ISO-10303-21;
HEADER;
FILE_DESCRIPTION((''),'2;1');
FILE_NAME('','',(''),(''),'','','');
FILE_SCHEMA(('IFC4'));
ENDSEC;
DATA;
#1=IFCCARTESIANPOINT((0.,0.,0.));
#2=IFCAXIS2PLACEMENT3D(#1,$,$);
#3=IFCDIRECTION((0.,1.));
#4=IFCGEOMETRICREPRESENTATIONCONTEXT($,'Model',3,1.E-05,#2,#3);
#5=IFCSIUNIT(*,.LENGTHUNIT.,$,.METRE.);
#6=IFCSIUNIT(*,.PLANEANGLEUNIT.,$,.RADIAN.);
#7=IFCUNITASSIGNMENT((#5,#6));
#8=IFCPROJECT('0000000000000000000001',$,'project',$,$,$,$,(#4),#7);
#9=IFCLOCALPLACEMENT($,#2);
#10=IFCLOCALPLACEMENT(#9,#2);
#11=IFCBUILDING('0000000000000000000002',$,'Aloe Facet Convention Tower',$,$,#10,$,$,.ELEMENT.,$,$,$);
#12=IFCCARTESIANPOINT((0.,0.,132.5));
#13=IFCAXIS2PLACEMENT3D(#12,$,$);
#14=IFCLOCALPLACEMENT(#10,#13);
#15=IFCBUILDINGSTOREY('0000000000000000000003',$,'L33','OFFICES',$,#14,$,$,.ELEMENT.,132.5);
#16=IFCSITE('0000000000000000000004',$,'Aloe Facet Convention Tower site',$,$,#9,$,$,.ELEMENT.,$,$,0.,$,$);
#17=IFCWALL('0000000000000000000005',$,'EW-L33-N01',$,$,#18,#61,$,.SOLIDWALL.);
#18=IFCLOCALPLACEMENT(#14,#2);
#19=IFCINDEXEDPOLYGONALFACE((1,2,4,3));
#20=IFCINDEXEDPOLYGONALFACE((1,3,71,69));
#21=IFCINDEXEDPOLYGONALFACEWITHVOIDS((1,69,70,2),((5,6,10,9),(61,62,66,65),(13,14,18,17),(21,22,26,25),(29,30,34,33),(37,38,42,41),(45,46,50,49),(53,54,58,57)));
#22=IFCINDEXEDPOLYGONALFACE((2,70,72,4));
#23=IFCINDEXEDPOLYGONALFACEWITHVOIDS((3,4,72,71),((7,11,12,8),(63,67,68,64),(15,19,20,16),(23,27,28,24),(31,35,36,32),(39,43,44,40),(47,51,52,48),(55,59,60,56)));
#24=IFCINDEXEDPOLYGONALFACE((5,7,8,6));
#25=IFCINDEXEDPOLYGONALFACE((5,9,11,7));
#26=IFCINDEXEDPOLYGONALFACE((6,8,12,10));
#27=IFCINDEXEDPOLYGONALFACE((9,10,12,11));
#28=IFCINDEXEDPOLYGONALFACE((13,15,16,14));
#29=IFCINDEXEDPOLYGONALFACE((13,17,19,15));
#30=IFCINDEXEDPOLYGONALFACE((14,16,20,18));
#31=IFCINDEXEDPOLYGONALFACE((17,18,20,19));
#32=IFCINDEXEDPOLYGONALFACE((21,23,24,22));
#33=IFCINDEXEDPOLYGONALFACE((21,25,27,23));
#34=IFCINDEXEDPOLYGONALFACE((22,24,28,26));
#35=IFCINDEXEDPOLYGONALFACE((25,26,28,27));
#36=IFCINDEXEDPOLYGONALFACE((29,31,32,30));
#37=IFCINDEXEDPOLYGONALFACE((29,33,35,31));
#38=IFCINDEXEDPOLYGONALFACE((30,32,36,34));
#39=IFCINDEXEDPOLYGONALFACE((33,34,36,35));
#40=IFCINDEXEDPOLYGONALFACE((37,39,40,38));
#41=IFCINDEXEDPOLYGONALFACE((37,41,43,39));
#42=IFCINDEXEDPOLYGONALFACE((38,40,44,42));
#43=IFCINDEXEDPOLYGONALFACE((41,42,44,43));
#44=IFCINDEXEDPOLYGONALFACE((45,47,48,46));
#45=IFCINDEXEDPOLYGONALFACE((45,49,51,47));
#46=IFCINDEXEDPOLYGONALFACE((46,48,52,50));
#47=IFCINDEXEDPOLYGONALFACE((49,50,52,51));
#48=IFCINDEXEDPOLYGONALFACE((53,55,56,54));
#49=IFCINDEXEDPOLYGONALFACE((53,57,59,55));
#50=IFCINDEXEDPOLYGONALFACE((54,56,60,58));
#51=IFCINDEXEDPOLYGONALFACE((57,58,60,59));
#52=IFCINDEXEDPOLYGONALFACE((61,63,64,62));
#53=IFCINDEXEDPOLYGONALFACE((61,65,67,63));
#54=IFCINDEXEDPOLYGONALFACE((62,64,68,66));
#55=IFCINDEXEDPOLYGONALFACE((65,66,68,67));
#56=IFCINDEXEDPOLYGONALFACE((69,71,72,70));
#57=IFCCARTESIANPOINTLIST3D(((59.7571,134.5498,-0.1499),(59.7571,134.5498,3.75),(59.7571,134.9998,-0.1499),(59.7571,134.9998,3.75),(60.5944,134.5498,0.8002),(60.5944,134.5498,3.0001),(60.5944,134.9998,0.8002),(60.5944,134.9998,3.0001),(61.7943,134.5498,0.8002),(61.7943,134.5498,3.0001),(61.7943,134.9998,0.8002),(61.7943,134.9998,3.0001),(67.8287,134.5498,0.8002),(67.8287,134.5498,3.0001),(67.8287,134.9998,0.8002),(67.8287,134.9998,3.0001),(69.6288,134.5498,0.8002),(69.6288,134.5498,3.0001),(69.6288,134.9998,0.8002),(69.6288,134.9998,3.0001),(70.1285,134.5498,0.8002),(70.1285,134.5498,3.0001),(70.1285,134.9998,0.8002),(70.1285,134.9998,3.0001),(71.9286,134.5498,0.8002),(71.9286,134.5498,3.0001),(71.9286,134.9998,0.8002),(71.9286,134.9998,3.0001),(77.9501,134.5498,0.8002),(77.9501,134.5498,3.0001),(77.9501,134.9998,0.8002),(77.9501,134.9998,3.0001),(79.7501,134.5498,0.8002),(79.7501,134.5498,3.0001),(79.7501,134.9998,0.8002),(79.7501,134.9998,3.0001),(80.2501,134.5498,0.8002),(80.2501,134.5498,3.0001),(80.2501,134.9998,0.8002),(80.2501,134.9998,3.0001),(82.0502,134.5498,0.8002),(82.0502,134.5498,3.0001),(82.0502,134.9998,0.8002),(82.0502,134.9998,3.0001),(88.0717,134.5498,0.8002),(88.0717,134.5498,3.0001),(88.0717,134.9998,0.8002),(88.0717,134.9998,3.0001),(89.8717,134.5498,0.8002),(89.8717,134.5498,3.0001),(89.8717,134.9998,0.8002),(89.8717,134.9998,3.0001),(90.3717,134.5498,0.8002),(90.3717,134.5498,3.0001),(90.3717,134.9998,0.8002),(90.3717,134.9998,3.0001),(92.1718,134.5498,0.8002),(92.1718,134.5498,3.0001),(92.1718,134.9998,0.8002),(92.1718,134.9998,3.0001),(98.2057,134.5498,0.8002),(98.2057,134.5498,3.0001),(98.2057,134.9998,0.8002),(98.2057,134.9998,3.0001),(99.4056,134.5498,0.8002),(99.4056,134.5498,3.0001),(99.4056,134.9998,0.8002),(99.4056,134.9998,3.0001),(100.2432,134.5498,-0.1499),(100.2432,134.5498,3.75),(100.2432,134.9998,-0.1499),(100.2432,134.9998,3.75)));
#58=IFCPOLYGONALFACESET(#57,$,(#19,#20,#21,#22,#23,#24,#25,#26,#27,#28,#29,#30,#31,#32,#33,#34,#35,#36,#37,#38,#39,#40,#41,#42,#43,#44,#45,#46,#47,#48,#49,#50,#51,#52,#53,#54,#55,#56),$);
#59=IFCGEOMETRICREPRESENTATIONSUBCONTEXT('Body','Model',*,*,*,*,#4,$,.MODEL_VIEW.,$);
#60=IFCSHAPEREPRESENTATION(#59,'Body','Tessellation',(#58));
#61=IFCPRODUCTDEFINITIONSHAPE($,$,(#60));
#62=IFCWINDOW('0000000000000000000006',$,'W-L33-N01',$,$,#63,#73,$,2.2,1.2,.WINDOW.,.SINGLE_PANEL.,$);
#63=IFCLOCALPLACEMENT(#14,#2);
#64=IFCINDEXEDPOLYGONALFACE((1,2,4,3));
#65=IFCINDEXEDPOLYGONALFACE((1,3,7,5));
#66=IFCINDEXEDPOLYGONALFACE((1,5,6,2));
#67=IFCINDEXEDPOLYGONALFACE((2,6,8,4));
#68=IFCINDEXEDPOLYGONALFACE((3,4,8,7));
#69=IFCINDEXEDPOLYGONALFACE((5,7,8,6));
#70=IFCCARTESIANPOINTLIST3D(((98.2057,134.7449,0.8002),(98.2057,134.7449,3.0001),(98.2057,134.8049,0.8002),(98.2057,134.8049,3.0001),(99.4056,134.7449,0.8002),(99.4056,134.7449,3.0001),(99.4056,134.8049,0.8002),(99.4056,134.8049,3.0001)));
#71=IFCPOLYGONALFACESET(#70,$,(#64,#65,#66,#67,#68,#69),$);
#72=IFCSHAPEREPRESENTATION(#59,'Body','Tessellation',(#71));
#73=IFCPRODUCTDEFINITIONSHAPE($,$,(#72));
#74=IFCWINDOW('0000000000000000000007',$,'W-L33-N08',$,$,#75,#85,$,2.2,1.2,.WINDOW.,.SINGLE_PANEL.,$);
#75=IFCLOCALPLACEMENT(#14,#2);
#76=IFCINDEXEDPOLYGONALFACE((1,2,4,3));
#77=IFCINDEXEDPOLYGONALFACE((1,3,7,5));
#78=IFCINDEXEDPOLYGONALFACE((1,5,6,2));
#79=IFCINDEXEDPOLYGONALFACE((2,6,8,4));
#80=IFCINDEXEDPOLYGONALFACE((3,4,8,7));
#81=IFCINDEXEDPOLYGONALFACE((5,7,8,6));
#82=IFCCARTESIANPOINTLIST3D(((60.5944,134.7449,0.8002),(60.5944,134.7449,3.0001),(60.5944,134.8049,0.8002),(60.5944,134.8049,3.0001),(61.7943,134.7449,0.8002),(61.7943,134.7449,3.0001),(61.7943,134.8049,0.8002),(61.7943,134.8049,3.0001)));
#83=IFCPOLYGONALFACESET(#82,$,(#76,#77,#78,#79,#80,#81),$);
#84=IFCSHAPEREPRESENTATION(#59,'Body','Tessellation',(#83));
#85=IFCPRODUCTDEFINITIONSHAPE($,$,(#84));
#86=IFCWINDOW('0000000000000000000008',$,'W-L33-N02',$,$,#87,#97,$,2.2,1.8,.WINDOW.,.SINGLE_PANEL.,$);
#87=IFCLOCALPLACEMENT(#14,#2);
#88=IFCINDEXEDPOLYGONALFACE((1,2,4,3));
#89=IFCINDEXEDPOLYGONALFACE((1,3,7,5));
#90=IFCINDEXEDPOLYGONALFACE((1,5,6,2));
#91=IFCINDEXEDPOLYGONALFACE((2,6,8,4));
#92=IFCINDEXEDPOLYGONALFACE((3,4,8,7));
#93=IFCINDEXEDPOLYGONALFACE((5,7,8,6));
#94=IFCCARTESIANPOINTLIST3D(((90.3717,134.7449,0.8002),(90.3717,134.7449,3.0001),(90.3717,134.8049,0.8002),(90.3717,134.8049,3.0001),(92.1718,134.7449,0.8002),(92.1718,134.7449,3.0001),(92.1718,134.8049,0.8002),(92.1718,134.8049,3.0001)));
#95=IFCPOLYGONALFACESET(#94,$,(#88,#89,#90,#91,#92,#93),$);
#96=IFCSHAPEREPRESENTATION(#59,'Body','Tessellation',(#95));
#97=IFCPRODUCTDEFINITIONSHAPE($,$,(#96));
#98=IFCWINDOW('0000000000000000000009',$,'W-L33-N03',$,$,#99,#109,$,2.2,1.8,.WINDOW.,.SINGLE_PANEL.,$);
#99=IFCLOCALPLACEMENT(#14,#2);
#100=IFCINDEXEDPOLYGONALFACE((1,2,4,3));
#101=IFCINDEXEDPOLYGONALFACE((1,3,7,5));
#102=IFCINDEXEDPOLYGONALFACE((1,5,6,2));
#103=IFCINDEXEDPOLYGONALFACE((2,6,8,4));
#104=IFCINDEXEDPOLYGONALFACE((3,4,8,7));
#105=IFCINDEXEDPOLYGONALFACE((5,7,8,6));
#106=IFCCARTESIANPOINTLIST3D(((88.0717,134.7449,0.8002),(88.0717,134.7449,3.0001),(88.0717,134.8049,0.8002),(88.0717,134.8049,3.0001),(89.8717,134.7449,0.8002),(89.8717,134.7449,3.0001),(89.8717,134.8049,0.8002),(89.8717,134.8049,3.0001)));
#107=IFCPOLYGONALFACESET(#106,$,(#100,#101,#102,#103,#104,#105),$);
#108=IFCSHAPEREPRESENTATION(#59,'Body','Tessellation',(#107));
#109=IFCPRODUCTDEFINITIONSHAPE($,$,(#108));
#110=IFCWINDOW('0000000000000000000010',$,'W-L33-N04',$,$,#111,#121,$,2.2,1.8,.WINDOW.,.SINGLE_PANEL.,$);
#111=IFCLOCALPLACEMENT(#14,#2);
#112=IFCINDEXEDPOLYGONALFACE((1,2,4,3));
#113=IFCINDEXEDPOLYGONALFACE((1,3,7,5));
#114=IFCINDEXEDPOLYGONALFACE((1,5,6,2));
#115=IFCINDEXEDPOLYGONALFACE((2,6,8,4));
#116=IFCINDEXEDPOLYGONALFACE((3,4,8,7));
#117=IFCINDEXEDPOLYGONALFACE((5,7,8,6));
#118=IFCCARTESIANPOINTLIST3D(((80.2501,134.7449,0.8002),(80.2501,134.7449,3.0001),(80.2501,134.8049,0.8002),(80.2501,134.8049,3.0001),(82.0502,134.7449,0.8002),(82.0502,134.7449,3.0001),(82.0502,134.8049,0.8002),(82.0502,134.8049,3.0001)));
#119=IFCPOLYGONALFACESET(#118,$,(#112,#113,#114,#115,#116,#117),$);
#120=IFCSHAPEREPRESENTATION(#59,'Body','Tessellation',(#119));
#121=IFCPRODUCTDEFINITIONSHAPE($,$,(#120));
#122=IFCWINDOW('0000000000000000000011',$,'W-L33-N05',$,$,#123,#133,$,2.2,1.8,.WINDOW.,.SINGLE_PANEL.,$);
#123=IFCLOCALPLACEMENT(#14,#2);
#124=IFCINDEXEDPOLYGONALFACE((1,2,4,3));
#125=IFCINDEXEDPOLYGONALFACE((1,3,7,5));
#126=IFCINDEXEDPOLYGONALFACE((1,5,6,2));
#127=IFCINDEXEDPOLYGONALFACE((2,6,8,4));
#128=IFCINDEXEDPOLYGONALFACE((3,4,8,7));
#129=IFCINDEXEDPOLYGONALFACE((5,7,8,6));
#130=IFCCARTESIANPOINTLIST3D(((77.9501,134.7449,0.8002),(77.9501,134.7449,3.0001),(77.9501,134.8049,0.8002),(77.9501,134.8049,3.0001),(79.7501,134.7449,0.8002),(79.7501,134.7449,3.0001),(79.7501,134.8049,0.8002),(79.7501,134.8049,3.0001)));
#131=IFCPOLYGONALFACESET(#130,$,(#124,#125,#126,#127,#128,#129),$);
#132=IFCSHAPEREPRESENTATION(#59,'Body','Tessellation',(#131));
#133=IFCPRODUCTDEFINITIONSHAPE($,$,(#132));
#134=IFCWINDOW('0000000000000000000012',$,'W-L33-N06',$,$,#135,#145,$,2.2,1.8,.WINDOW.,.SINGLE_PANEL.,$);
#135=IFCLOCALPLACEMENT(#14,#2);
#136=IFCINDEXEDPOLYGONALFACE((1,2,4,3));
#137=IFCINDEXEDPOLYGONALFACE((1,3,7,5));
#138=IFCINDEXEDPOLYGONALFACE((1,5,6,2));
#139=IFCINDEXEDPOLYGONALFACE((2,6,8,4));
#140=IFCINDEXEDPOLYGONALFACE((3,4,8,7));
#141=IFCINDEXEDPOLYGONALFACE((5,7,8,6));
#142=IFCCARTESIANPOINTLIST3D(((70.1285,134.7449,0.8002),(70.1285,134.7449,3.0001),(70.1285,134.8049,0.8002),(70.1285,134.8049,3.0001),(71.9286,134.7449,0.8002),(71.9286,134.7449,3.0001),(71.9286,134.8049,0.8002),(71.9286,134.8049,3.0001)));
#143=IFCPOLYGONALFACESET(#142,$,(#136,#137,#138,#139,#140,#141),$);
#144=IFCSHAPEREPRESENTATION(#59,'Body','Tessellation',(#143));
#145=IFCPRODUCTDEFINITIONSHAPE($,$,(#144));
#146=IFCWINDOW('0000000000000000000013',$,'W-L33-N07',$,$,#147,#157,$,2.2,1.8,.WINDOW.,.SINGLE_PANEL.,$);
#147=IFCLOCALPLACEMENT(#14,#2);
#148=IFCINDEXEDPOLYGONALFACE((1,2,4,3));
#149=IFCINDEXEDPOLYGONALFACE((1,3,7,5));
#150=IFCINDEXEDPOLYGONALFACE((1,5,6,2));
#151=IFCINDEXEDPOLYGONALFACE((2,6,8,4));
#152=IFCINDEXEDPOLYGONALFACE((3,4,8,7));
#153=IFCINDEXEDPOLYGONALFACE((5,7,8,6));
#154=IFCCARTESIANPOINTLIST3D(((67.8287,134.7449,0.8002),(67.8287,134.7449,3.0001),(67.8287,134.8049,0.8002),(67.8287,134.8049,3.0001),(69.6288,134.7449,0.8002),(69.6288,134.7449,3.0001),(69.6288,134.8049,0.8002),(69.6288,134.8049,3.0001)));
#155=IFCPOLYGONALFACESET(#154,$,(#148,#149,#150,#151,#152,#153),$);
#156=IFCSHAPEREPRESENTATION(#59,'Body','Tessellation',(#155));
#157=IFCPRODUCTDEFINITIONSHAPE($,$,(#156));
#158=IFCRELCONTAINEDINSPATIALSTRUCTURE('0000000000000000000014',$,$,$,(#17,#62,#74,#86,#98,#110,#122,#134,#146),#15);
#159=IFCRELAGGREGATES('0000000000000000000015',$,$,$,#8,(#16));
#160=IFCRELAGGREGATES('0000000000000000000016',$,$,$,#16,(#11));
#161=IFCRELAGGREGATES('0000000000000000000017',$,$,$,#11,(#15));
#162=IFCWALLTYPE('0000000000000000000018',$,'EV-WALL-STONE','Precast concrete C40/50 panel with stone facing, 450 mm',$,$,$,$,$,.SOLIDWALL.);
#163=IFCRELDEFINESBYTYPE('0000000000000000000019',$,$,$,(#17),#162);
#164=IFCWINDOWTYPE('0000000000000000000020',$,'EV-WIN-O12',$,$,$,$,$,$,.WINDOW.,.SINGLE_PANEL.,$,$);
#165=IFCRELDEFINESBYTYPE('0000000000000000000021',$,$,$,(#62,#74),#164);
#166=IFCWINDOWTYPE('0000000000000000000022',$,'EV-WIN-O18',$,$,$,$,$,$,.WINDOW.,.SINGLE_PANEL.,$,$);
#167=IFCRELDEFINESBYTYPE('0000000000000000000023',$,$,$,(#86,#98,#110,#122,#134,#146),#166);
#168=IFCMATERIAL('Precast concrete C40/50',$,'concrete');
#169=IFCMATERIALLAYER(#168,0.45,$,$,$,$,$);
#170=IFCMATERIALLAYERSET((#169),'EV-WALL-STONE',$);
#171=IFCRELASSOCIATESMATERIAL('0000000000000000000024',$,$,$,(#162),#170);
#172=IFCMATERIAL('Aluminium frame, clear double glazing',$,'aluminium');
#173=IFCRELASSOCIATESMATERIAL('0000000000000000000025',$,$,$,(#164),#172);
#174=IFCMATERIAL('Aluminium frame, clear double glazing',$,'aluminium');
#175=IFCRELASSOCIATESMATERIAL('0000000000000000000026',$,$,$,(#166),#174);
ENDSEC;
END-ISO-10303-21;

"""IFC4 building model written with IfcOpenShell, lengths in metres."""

from ifc_helpers import new_model, si_unit, direction, frame, frame_2d, origin, place, context, subcontext, project, spatial, polyline, rectangle, outline, extrude, material, layer, layer_set, type_object, element, fill, save


model = new_model("IFC4")

# Units and contexts
model_context = context("Model", 3, precision=1e-05, world=origin(), true_north=direction((0.0, 1.0)))
body_context = subcontext(model_context, "Body", "Model", "MODEL_VIEW")
ifc_project = project(units=[si_unit("LENGTHUNIT", "METRE"), si_unit("PLANEANGLEUNIT", "RADIAN")], contexts=[model_context])

# Site, building, storey
site_placement = place(None, origin())
site = spatial("IfcSite", under=ifc_project, at=site_placement, Name="Aloe Facet Convention Tower site", CompositionType="ELEMENT", RefElevation=0.0)
building_placement = place(site_placement, origin())
building = spatial("IfcBuilding", under=site, at=building_placement, Name="Aloe Facet Convention Tower", CompositionType="ELEMENT")
storey_placement = place(building_placement, frame((0.0, 0.0, 132.5)))
storey = spatial("IfcBuildingStorey", under=building, at=storey_placement, Name="L33", Description="OFFICES", CompositionType="ELEMENT", Elevation=132.5)

# Wall, openings, windows
ifc_material_1 = material(Name="Precast concrete C40/50", Category="concrete")
ifc_layer_1 = layer(ifc_material_1, 0.45)
ifc_layer_set_1 = layer_set([ifc_layer_1], Name="EV-WALL-STONE")
wall_type_1 = type_object("IfcWallType", Name="EV-WALL-STONE", Description="Precast concrete C40/50 panel with stone facing, 450 mm", PredefinedType="SOLIDWALL", material=ifc_layer_set_1)
wall_1_placement = place(storey_placement, frame((100.2432, 134.7749, -0.1499), z_axis=(0.0, 0.0, 1.0), x_axis=(-1.0, 0.0, 0.0)))
wall_1 = element("IfcWall", 1, at=wall_1_placement, inside=storey, type_object=wall_type_1, Name="EW-L33-N01", PredefinedType="SOLIDWALL", context=body_context, shape_type="SweptSolid", body=[
    extrude(outline(polyline([(40.4861, 0.0), (40.4861, 3.8999), (0.0, 3.8999), (0.0, 0.0), (40.4861, 0.0)])), frame((0.0, 0.2251, 0.0), z_axis=(0.0, -1.0, 0.0), x_axis=(1.0, 0.0, 0.0)), (0.0, 0.0, 1.0), 0.45),
])
opening_1_placement = place(wall_1_placement, frame((0.8374, 0.0, 0.95)))
opening_1 = element("IfcOpeningElement", 2, at=opening_1_placement, cuts=wall_1, PredefinedType="OPENING", context=body_context, shape_type="SweptSolid", body=[
    extrude(rectangle(XDim=1.2, YDim=2.2, at=frame_2d((0.6001, 1.1001))), frame((0.0, 0.2349, 0.0), z_axis=(0.0, -1.0, 0.0), x_axis=(1.0, 0.0, 0.0)), (0.0, 0.0, 1.0), 0.47),
])
opening_2_placement = place(wall_1_placement, frame((8.0715, 0.0, 0.95)))
opening_2 = element("IfcOpeningElement", 3, at=opening_2_placement, cuts=wall_1, PredefinedType="OPENING", context=body_context, shape_type="SweptSolid", body=[
    extrude(rectangle(XDim=1.8, YDim=2.2, at=frame_2d((0.8999, 1.1001))), frame((0.0, 0.2349, 0.0), z_axis=(0.0, -1.0, 0.0), x_axis=(1.0, 0.0, 0.0)), (0.0, 0.0, 1.0), 0.47),
])
opening_3_placement = place(wall_1_placement, frame((10.3716, 0.0, 0.95)))
opening_3 = element("IfcOpeningElement", 4, at=opening_3_placement, cuts=wall_1, PredefinedType="OPENING", context=body_context, shape_type="SweptSolid", body=[
    extrude(rectangle(XDim=1.8, YDim=2.2, at=frame_2d((0.8999, 1.1001))), frame((0.0, 0.2349, 0.0), z_axis=(0.0, -1.0, 0.0), x_axis=(1.0, 0.0, 0.0)), (0.0, 0.0, 1.0), 0.47),
])
opening_4_placement = place(wall_1_placement, frame((18.1931, 0.0, 0.95)))
opening_4 = element("IfcOpeningElement", 5, at=opening_4_placement, cuts=wall_1, PredefinedType="OPENING", context=body_context, shape_type="SweptSolid", body=[
    extrude(rectangle(XDim=1.8, YDim=2.2, at=frame_2d((0.8999, 1.1001))), frame((0.0, 0.2349, 0.0), z_axis=(0.0, -1.0, 0.0), x_axis=(1.0, 0.0, 0.0)), (0.0, 0.0, 1.0), 0.47),
])
opening_5_placement = place(wall_1_placement, frame((20.4932, 0.0, 0.95)))
opening_5 = element("IfcOpeningElement", 6, at=opening_5_placement, cuts=wall_1, PredefinedType="OPENING", context=body_context, shape_type="SweptSolid", body=[
    extrude(rectangle(XDim=1.8, YDim=2.2, at=frame_2d((0.8999, 1.1001))), frame((0.0, 0.2349, 0.0), z_axis=(0.0, -1.0, 0.0), x_axis=(1.0, 0.0, 0.0)), (0.0, 0.0, 1.0), 0.47),
])
opening_6_placement = place(wall_1_placement, frame((28.3147, 0.0, 0.95)))
opening_6 = element("IfcOpeningElement", 7, at=opening_6_placement, cuts=wall_1, PredefinedType="OPENING", context=body_context, shape_type="SweptSolid", body=[
    extrude(rectangle(XDim=1.8, YDim=2.2, at=frame_2d((0.8999, 1.1001))), frame((0.0, 0.2349, 0.0), z_axis=(0.0, -1.0, 0.0), x_axis=(1.0, 0.0, 0.0)), (0.0, 0.0, 1.0), 0.47),
])
opening_7_placement = place(wall_1_placement, frame((30.6145, 0.0, 0.95)))
opening_7 = element("IfcOpeningElement", 8, at=opening_7_placement, cuts=wall_1, PredefinedType="OPENING", context=body_context, shape_type="SweptSolid", body=[
    extrude(rectangle(XDim=1.8, YDim=2.2, at=frame_2d((0.8999, 1.1001))), frame((0.0, 0.2349, 0.0), z_axis=(0.0, -1.0, 0.0), x_axis=(1.0, 0.0, 0.0)), (0.0, 0.0, 1.0), 0.47),
])
opening_8_placement = place(wall_1_placement, frame((38.4487, 0.0, 0.95)))
opening_8 = element("IfcOpeningElement", 9, at=opening_8_placement, cuts=wall_1, PredefinedType="OPENING", context=body_context, shape_type="SweptSolid", body=[
    extrude(rectangle(XDim=1.2, YDim=2.2, at=frame_2d((0.6001, 1.1001))), frame((0.0, 0.2349, 0.0), z_axis=(0.0, -1.0, 0.0), x_axis=(1.0, 0.0, 0.0)), (0.0, 0.0, 1.0), 0.47),
])
ifc_material_2 = material(Name="Aluminium frame, clear double glazing", Category="aluminium")
window_type_1 = type_object("IfcWindowType", Name="EV-WIN-O12", PartitioningType="SINGLE_PANEL", PredefinedType="WINDOW", material=ifc_material_2)
window_1_placement = place(opening_1_placement, origin())
window_1 = element("IfcWindow", 10, at=window_1_placement, inside=storey, type_object=window_type_1, Name="W-L33-N01", OverallHeight=2.2, OverallWidth=1.2, PartitioningType="SINGLE_PANEL", PredefinedType="WINDOW", context=body_context, shape_type="SweptSolid", body=[
    extrude(rectangle(XDim=1.2, YDim=2.2, at=frame_2d((0.6001, 1.1001))), frame((0.0, 0.03, 0.0), z_axis=(0.0, -1.0, 0.0), x_axis=(1.0, 0.0, 0.0)), (0.0, 0.0, 1.0), 0.0601),
])
fill(opening_1, window_1)
window_2_placement = place(opening_8_placement, origin())
window_2 = element("IfcWindow", 11, at=window_2_placement, inside=storey, type_object=window_type_1, Name="W-L33-N08", OverallHeight=2.2, OverallWidth=1.2, PartitioningType="SINGLE_PANEL", PredefinedType="WINDOW", context=body_context, shape_type="SweptSolid", body=[
    extrude(rectangle(XDim=1.2, YDim=2.2, at=frame_2d((0.6001, 1.1001))), frame((0.0, 0.03, 0.0), z_axis=(0.0, -1.0, 0.0), x_axis=(1.0, 0.0, 0.0)), (0.0, 0.0, 1.0), 0.0601),
])
fill(opening_8, window_2)
ifc_material_3 = material(Name="Aluminium frame, clear double glazing", Category="aluminium")
window_type_2 = type_object("IfcWindowType", Name="EV-WIN-O18", PartitioningType="SINGLE_PANEL", PredefinedType="WINDOW", material=ifc_material_3)
window_3_placement = place(opening_2_placement, origin())
window_3 = element("IfcWindow", 12, at=window_3_placement, inside=storey, type_object=window_type_2, Name="W-L33-N02", OverallHeight=2.2, OverallWidth=1.8, PartitioningType="SINGLE_PANEL", PredefinedType="WINDOW", context=body_context, shape_type="SweptSolid", body=[
    extrude(rectangle(XDim=1.8, YDim=2.2, at=frame_2d((0.8999, 1.1001))), frame((0.0, 0.03, 0.0), z_axis=(0.0, -1.0, 0.0), x_axis=(1.0, 0.0, 0.0)), (0.0, 0.0, 1.0), 0.0601),
])
fill(opening_2, window_3)
window_4_placement = place(opening_3_placement, origin())
window_4 = element("IfcWindow", 13, at=window_4_placement, inside=storey, type_object=window_type_2, Name="W-L33-N03", OverallHeight=2.2, OverallWidth=1.8, PartitioningType="SINGLE_PANEL", PredefinedType="WINDOW", context=body_context, shape_type="SweptSolid", body=[
    extrude(rectangle(XDim=1.8, YDim=2.2, at=frame_2d((0.8999, 1.1001))), frame((0.0, 0.03, 0.0), z_axis=(0.0, -1.0, 0.0), x_axis=(1.0, 0.0, 0.0)), (0.0, 0.0, 1.0), 0.0601),
])
fill(opening_3, window_4)
window_5_placement = place(opening_4_placement, origin())
window_5 = element("IfcWindow", 14, at=window_5_placement, inside=storey, type_object=window_type_2, Name="W-L33-N04", OverallHeight=2.2, OverallWidth=1.8, PartitioningType="SINGLE_PANEL", PredefinedType="WINDOW", context=body_context, shape_type="SweptSolid", body=[
    extrude(rectangle(XDim=1.8, YDim=2.2, at=frame_2d((0.8999, 1.1001))), frame((0.0, 0.03, 0.0), z_axis=(0.0, -1.0, 0.0), x_axis=(1.0, 0.0, 0.0)), (0.0, 0.0, 1.0), 0.0601),
])
fill(opening_4, window_5)
window_6_placement = place(opening_5_placement, origin())
window_6 = element("IfcWindow", 15, at=window_6_placement, inside=storey, type_object=window_type_2, Name="W-L33-N05", OverallHeight=2.2, OverallWidth=1.8, PartitioningType="SINGLE_PANEL", PredefinedType="WINDOW", context=body_context, shape_type="SweptSolid", body=[
    extrude(rectangle(XDim=1.8, YDim=2.2, at=frame_2d((0.8999, 1.1001))), frame((0.0, 0.03, 0.0), z_axis=(0.0, -1.0, 0.0), x_axis=(1.0, 0.0, 0.0)), (0.0, 0.0, 1.0), 0.0601),
])
fill(opening_5, window_6)
window_7_placement = place(opening_6_placement, origin())
window_7 = element("IfcWindow", 16, at=window_7_placement, inside=storey, type_object=window_type_2, Name="W-L33-N06", OverallHeight=2.2, OverallWidth=1.8, PartitioningType="SINGLE_PANEL", PredefinedType="WINDOW", context=body_context, shape_type="SweptSolid", body=[
    extrude(rectangle(XDim=1.8, YDim=2.2, at=frame_2d((0.8999, 1.1001))), frame((0.0, 0.03, 0.0), z_axis=(0.0, -1.0, 0.0), x_axis=(1.0, 0.0, 0.0)), (0.0, 0.0, 1.0), 0.0601),
])
fill(opening_6, window_7)
window_8_placement = place(opening_7_placement, origin())
window_8 = element("IfcWindow", 17, at=window_8_placement, inside=storey, type_object=window_type_2, Name="W-L33-N07", OverallHeight=2.2, OverallWidth=1.8, PartitioningType="SINGLE_PANEL", PredefinedType="WINDOW", context=body_context, shape_type="SweptSolid", body=[
    extrude(rectangle(XDim=1.8, YDim=2.2, at=frame_2d((0.8999, 1.1001))), frame((0.0, 0.03, 0.0), z_axis=(0.0, -1.0, 0.0), x_axis=(1.0, 0.0, 0.0)), (0.0, 0.0, 1.0), 0.0601),
])
fill(opening_7, window_8)

save(model, "model.ifc")
